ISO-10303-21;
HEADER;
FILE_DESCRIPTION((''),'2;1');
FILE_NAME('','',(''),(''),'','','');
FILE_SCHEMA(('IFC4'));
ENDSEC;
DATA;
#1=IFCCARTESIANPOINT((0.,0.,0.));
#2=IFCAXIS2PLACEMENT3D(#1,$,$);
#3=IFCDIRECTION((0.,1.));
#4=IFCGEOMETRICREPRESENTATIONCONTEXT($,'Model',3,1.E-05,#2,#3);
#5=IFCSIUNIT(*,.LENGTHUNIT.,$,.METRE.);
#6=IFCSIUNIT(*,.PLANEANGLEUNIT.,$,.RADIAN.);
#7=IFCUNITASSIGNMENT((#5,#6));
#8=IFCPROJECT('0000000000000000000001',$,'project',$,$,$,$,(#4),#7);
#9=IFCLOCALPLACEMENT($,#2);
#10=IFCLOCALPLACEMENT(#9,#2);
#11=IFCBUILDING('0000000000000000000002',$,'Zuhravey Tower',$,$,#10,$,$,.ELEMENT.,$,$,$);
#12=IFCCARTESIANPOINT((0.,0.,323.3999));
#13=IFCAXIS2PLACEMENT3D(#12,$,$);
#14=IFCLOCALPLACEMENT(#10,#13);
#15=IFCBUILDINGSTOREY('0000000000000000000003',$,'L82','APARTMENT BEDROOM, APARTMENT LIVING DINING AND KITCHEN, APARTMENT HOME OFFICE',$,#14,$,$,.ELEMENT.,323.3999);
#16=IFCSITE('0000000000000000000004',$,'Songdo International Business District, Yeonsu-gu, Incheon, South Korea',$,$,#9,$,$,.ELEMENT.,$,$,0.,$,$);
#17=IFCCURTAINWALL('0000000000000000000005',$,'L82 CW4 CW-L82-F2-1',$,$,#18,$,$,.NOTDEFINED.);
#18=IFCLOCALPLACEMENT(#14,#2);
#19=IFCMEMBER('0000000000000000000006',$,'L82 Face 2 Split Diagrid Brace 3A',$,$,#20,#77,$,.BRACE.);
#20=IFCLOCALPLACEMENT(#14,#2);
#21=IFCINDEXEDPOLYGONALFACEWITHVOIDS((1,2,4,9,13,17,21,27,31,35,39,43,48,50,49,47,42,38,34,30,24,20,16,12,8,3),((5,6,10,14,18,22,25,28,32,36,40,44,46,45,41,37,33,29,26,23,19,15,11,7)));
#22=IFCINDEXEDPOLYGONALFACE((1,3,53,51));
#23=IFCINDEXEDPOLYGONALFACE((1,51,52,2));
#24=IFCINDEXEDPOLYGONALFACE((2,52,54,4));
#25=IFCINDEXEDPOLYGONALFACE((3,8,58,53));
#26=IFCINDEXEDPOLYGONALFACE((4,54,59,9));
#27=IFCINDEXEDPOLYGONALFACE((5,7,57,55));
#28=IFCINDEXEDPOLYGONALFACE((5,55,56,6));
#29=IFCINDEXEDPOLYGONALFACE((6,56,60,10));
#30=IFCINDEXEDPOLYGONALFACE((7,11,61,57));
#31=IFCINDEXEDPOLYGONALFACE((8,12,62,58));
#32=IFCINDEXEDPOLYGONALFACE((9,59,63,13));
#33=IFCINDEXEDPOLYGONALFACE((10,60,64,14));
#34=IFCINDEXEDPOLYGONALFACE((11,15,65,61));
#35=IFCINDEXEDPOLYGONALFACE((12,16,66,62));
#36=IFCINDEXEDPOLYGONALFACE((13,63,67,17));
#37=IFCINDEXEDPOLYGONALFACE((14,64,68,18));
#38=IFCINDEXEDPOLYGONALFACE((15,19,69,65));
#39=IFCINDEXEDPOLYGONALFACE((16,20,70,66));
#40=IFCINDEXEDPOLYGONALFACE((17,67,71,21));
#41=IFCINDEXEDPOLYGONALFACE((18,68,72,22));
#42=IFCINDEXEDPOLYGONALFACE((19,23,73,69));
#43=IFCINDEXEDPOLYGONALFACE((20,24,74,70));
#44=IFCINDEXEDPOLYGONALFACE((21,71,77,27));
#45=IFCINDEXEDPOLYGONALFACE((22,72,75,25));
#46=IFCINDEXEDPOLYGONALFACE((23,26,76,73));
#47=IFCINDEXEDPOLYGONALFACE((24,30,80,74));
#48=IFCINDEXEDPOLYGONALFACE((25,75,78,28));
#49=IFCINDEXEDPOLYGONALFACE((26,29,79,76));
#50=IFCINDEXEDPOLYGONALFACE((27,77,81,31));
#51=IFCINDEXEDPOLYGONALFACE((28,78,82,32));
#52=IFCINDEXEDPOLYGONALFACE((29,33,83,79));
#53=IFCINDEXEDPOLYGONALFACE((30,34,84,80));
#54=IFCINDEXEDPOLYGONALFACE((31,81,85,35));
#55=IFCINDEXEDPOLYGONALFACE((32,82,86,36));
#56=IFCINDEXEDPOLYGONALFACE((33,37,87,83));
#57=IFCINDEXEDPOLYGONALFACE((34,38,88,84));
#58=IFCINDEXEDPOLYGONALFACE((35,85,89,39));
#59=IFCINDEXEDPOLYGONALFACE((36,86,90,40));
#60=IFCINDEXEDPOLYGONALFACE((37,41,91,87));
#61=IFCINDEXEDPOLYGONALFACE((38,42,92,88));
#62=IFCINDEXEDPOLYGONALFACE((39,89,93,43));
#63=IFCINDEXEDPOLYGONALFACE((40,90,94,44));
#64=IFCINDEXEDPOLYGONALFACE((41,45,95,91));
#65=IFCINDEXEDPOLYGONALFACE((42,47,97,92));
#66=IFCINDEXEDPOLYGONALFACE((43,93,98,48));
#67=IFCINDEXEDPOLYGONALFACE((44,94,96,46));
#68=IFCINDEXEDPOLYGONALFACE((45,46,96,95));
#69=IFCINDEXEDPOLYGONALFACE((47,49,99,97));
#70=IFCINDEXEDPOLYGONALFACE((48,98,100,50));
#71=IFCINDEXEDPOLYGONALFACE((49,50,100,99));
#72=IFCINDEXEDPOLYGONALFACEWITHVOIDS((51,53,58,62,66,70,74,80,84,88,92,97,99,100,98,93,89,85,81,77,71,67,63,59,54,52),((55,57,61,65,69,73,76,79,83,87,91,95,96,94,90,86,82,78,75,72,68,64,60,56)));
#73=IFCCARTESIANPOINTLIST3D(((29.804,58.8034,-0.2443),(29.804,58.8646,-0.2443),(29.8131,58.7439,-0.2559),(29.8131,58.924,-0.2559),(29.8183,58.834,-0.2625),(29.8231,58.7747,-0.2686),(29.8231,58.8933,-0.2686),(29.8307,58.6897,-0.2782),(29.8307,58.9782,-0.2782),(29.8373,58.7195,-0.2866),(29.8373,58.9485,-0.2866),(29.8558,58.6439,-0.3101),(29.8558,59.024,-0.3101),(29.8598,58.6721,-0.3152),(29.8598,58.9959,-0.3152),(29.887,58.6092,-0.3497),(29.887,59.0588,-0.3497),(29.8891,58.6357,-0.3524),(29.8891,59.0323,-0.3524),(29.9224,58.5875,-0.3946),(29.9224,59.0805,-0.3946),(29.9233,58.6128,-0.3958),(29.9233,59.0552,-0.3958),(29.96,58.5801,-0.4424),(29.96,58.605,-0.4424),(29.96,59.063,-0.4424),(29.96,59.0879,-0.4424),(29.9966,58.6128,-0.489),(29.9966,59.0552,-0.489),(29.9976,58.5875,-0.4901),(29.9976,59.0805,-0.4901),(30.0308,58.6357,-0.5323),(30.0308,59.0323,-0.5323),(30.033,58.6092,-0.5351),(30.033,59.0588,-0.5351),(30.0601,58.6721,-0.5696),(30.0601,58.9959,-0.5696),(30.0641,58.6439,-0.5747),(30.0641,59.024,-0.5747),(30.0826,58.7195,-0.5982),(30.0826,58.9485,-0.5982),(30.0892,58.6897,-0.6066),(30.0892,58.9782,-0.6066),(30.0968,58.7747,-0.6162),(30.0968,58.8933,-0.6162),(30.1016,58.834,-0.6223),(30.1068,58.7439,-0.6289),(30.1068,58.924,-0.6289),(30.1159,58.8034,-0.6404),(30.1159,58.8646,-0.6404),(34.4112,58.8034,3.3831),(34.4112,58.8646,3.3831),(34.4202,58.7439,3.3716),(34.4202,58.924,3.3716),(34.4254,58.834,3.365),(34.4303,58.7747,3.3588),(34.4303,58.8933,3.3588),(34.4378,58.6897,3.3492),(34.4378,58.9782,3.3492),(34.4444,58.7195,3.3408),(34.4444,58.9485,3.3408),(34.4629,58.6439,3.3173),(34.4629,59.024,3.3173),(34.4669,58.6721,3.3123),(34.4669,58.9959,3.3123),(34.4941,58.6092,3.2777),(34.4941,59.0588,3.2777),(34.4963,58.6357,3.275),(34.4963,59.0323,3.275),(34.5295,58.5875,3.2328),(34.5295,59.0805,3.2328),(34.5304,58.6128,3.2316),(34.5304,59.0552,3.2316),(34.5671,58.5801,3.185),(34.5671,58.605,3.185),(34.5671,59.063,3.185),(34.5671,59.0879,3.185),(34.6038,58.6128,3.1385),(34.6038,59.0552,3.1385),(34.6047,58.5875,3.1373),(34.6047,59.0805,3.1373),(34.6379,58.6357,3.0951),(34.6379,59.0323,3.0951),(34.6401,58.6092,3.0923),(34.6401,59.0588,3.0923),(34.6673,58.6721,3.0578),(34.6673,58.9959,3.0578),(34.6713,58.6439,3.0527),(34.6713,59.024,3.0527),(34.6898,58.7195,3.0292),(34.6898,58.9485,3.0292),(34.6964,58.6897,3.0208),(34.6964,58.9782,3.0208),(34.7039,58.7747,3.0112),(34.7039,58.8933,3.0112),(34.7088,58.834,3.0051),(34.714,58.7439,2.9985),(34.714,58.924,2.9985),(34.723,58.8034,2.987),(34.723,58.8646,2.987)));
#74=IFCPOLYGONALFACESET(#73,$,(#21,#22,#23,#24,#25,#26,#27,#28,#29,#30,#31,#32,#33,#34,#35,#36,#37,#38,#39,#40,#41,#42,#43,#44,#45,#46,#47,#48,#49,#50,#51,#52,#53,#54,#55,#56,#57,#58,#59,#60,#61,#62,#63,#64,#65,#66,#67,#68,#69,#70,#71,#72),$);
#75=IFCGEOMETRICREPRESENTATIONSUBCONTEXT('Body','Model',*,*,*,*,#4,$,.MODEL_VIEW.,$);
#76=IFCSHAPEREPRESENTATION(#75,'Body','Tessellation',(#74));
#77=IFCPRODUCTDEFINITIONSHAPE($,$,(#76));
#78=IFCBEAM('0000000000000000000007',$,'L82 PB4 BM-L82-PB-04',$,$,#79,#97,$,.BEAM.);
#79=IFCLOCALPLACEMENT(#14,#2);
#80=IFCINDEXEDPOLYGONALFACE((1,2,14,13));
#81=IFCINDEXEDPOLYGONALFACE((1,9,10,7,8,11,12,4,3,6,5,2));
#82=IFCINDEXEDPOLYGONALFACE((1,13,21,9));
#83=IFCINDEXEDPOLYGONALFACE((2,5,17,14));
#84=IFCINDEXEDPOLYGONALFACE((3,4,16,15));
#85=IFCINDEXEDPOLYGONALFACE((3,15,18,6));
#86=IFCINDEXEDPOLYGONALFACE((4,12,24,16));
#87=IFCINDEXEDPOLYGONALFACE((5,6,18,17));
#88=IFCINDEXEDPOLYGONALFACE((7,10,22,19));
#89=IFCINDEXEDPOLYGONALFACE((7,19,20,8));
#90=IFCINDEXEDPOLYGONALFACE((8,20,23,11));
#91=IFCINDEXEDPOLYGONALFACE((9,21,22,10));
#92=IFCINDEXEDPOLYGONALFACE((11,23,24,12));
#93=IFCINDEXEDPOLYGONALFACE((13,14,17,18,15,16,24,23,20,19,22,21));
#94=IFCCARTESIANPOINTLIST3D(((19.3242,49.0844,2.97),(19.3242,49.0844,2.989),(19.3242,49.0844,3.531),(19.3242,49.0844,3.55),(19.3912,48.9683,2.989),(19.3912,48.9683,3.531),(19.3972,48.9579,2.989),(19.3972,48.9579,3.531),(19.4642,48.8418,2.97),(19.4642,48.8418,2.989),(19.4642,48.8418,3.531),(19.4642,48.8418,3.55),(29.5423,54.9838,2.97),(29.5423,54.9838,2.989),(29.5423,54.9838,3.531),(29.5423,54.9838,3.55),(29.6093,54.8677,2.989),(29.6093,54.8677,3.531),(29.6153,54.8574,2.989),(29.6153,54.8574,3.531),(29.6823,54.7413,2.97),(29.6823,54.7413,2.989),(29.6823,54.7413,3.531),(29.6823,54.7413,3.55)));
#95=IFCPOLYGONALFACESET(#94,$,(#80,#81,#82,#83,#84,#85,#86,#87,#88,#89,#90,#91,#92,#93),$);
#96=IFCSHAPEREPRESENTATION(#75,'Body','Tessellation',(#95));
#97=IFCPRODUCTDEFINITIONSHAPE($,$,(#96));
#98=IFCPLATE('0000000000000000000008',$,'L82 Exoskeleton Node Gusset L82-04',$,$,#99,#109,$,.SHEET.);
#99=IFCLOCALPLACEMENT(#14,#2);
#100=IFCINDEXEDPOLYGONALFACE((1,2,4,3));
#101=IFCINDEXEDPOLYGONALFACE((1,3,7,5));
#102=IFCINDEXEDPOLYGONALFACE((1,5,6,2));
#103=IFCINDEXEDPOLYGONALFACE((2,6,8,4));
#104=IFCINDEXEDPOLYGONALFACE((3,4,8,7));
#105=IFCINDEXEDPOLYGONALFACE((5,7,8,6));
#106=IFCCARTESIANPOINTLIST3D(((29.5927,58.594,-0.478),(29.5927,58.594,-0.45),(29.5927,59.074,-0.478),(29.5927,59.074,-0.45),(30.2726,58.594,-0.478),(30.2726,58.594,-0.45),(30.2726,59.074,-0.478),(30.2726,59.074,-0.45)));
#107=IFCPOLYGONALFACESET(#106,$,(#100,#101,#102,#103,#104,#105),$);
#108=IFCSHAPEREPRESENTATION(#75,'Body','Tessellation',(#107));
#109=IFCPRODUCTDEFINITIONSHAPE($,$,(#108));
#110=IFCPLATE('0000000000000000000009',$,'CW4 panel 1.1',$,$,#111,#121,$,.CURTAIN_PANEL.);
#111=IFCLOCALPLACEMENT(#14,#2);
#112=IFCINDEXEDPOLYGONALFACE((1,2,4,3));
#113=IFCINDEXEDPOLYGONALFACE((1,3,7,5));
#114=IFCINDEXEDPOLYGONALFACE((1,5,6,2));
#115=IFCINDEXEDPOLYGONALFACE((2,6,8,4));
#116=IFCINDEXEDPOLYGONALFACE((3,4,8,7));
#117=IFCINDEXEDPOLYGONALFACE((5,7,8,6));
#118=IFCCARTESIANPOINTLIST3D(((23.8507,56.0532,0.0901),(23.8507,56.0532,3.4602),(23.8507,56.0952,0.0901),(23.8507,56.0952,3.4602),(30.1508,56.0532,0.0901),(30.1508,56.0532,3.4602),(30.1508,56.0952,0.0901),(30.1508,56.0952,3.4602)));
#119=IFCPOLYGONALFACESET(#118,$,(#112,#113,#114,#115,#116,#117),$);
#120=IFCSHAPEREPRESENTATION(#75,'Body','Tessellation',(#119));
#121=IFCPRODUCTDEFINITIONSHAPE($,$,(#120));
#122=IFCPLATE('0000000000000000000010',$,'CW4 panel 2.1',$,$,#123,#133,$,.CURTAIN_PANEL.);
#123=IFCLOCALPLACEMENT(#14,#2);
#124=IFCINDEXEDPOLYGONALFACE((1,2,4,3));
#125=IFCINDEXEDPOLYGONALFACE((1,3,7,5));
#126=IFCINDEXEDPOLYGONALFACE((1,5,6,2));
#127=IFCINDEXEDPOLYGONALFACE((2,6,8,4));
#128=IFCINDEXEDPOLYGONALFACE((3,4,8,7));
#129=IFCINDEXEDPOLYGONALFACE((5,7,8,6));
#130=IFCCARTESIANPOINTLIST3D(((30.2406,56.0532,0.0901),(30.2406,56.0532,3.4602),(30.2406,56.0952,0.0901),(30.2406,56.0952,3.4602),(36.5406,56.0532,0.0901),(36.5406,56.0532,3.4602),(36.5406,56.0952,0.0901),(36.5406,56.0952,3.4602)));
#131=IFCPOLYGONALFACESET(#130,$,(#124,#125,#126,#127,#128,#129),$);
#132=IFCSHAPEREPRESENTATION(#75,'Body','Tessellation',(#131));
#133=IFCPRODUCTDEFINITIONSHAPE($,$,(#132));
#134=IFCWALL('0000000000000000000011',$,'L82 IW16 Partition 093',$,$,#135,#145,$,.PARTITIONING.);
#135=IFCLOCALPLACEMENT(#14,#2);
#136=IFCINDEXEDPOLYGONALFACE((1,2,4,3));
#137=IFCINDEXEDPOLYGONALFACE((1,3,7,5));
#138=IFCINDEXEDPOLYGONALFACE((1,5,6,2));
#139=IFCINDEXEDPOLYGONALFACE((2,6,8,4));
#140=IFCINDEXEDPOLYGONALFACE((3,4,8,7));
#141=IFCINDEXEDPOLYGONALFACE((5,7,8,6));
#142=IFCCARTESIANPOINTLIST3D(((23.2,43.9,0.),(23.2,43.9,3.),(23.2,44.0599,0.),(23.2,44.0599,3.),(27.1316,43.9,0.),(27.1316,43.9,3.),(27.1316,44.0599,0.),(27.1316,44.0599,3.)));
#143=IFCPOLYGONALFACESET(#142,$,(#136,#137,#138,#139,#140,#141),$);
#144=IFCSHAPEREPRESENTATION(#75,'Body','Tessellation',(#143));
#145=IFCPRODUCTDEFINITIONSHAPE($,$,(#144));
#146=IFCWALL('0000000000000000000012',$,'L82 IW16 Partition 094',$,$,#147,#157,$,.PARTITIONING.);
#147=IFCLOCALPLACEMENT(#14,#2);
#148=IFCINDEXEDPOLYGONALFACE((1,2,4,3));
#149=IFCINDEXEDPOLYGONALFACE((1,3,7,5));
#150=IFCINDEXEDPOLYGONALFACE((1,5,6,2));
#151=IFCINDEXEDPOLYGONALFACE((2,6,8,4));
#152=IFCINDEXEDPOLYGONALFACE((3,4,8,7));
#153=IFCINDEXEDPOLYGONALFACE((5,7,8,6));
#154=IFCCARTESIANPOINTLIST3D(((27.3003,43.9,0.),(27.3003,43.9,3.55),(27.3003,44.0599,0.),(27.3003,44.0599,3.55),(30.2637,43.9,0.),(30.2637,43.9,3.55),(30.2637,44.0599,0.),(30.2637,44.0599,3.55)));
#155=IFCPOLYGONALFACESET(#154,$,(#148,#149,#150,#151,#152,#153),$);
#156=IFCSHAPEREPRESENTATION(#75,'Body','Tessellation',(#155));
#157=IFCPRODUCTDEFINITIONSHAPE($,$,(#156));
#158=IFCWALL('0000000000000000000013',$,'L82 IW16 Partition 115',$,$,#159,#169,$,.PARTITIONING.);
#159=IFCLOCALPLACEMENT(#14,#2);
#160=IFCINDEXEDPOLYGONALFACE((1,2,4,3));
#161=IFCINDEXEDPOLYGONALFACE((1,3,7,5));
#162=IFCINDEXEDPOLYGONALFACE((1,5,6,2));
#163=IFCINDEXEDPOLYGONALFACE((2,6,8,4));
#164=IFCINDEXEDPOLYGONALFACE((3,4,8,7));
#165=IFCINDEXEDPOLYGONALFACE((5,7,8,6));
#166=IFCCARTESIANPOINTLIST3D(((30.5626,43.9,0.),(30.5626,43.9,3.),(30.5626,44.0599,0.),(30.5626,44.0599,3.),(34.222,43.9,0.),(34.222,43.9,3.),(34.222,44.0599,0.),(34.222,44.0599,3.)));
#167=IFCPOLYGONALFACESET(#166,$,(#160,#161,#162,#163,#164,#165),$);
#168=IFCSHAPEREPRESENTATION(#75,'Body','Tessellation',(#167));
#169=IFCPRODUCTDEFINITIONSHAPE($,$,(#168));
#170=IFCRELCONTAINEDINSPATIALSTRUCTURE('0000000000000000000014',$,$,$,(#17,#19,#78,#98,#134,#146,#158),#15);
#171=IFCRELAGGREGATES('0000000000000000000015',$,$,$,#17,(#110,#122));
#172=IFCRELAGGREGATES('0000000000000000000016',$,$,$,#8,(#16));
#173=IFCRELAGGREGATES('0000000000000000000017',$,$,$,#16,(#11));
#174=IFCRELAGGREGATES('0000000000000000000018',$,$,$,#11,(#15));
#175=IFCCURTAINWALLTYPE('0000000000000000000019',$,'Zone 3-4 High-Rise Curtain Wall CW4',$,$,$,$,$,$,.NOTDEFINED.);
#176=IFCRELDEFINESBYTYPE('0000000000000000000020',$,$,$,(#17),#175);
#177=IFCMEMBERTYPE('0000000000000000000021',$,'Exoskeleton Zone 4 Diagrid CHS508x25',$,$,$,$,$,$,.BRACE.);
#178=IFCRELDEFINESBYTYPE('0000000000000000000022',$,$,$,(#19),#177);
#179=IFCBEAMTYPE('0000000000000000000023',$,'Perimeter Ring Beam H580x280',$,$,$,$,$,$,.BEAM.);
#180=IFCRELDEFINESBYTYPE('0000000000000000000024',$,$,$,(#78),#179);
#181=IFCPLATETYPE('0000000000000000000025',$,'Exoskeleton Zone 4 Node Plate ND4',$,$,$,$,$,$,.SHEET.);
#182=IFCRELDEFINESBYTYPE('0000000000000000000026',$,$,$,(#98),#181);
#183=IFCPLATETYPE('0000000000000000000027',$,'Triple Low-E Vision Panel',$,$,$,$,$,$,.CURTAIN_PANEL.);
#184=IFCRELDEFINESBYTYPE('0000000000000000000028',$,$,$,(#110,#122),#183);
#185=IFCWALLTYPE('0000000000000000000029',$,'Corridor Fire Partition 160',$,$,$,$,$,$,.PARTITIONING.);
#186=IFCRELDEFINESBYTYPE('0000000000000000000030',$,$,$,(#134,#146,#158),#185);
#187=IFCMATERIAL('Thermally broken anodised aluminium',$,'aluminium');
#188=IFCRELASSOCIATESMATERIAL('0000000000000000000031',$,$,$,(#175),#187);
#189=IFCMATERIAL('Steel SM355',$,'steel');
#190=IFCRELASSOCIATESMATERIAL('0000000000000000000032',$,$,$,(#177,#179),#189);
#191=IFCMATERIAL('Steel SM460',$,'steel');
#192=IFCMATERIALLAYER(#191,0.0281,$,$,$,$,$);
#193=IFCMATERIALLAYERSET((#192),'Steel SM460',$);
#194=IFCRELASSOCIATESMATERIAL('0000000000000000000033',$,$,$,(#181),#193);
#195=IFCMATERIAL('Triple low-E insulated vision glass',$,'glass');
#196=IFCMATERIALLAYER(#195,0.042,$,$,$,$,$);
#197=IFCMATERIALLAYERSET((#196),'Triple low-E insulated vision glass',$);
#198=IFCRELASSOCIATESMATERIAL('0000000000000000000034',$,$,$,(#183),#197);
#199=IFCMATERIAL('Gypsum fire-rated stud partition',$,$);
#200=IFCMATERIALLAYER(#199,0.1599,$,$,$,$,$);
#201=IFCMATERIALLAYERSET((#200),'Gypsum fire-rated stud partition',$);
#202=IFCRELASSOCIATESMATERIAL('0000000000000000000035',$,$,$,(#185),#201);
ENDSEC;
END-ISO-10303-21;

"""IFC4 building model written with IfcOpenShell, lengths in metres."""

from ifc_helpers import new_model, si_unit, direction, frame, frame_2d, origin, origin_2d, place, context, subcontext, project, spatial, rectangle, hollow_circle, i_section, extrude, material, layer, layer_set, material_profile, profile_set, type_object, element, aggregate, save


model = new_model("IFC4")

# Units and contexts
model_context = context("Model", 3, precision=1e-05, world=origin(), true_north=direction((0.0, 1.0)))
body_context = subcontext(model_context, "Body", "Model", "MODEL_VIEW")
ifc_project = project(units=[si_unit("LENGTHUNIT", "METRE"), si_unit("PLANEANGLEUNIT", "RADIAN")], contexts=[model_context])

# Site, building, storey
site_placement = place(None, origin())
site = spatial("IfcSite", under=ifc_project, at=site_placement, Name="Songdo International Business District, Yeonsu-gu, Incheon, South Korea", CompositionType="ELEMENT", RefElevation=0.0)
building_placement = place(site_placement, origin())
building = spatial("IfcBuilding", under=site, at=building_placement, Name="Zuhravey Tower", CompositionType="ELEMENT")
storey_placement = place(building_placement, frame((0.0, 0.0, 323.3999)))
storey = spatial("IfcBuildingStorey", under=building, at=storey_placement, Name="L82", Description="APARTMENT BEDROOM, APARTMENT LIVING DINING AND KITCHEN, APARTMENT HOME OFFICE", CompositionType="ELEMENT", Elevation=323.3999)

# Curtain wall
ifc_material_1 = material(Name="Thermally broken anodised aluminium", Category="aluminium")
curtain_wall_type = type_object("IfcCurtainWallType", Name="Zone 3-4 High-Rise Curtain Wall CW4", PredefinedType="NOTDEFINED", material=ifc_material_1)
curtain_wall_placement = place(storey_placement, origin())
curtain_wall = element("IfcCurtainWall", 1, at=curtain_wall_placement, inside=storey, type_object=curtain_wall_type, Name="L82 CW4 CW-L82-F2-1", PredefinedType="NOTDEFINED")

# Member
ifc_material_2 = material(Name="Steel SM355", Category="steel")
ifc_material_profile_1 = material_profile(ifc_material_2, hollow_circle(Radius=0.2539, WallThickness=0.0249, at=origin_2d()), Name="CHS-508.0x25")
ifc_profile_set_1 = profile_set([ifc_material_profile_1], Name="Steel SM355")
member_type_1 = type_object("IfcMemberType", Name="Exoskeleton Zone 4 Diagrid CHS508x25", PredefinedType="BRACE", material=ifc_profile_set_1)
member_1_placement = place(storey_placement, frame((29.96, 58.834, -0.4424), z_axis=(0.785695, 0.0, 0.618614), x_axis=(0.0, 1.0, 0.0)))
element("IfcMember", 2, at=member_1_placement, inside=storey, type_object=member_type_1, Name="L82 Face 2 Split Diagrid Brace 3A", PredefinedType="BRACE", context=body_context, shape_type="SweptSolid", body=[
    extrude(hollow_circle(Radius=0.2539, WallThickness=0.0249, at=origin_2d()), origin(), (0.0, 0.0, 1.0), 5.8638),
])

# Beam
ifc_material_profile_2 = material_profile(ifc_material_2, i_section(OverallWidth=0.28, OverallDepth=0.5801, WebThickness=0.012, FlangeThickness=0.019, at=origin_2d()), Name="H-580x280x12x19")
ifc_profile_set_2 = profile_set([ifc_material_profile_2], Name="Steel SM355")
beam_type = type_object("IfcBeamType", Name="Perimeter Ring Beam H580x280", PredefinedType="BEAM", material=ifc_profile_set_2)
beam_placement = place(storey_placement, frame((29.6123, 54.8625, 3.26), z_axis=(-0.866024, -0.500002, 0.0), x_axis=(0.500002, -0.866024, 0.0)))
element("IfcBeam", 3, at=beam_placement, inside=storey, type_object=beam_type, Name="L82 PB4 BM-L82-PB-04", PredefinedType="BEAM", context=body_context, shape_type="SweptSolid", body=[
    extrude(i_section(OverallWidth=0.28, OverallDepth=0.5801, WebThickness=0.012, FlangeThickness=0.019, at=origin_2d()), origin(), (0.0, 0.0, 1.0), 11.7988),
])

# Plates
ifc_material_3 = material(Name="Steel SM460", Category="steel")
ifc_layer_1 = layer(ifc_material_3, 0.0281)
ifc_layer_set_1 = layer_set([ifc_layer_1], Name="Steel SM460")
plate_type_1 = type_object("IfcPlateType", Name="Exoskeleton Zone 4 Node Plate ND4", PredefinedType="SHEET", material=ifc_layer_set_1)
plate_1_placement = place(storey_placement, frame((29.9326, 58.834, -0.478), z_axis=(0.0, 0.0, 1.0), x_axis=(-1.0, 0.0, 0.0)))
element("IfcPlate", 4, at=plate_1_placement, inside=storey, type_object=plate_type_1, Name="L82 Exoskeleton Node Gusset L82-04", PredefinedType="SHEET", context=body_context, shape_type="SweptSolid", body=[
    extrude(rectangle(XDim=0.6799, YDim=0.48, at=origin_2d()), origin(), (0.0, 0.0, 1.0), 0.0281),
])
ifc_material_4 = material(Name="Triple low-E insulated vision glass", Category="glass")
ifc_layer_2 = layer(ifc_material_4, 0.042)
ifc_layer_set_2 = layer_set([ifc_layer_2], Name="Triple low-E insulated vision glass")
plate_type_2 = type_object("IfcPlateType", Name="Triple Low-E Vision Panel", PredefinedType="CURTAIN_PANEL", material=ifc_layer_set_2)
plate_2_placement = place(storey_placement, frame((27.0007, 56.0742, 0.0901), z_axis=(0.0, 0.0, 1.0), x_axis=(1.0, 0.0, 0.0)))
plate_2 = element("IfcPlate", 5, at=plate_2_placement, type_object=plate_type_2, Name="CW4 panel 1.1", PredefinedType="CURTAIN_PANEL", context=body_context, shape_type="SweptSolid", body=[
    extrude(rectangle(XDim=6.3, YDim=0.042, at=origin_2d()), origin(), (0.0, 0.0, 1.0), 3.3701),
])
plate_3_placement = place(storey_placement, frame((33.3906, 56.0742, 0.0901), z_axis=(0.0, 0.0, 1.0), x_axis=(1.0, 0.0, 0.0)))
plate_3 = element("IfcPlate", 6, at=plate_3_placement, type_object=plate_type_2, Name="CW4 panel 2.1", PredefinedType="CURTAIN_PANEL", context=body_context, shape_type="SweptSolid", body=[
    extrude(rectangle(XDim=6.3, YDim=0.042, at=origin_2d()), origin(), (0.0, 0.0, 1.0), 3.3701),
])
aggregate(curtain_wall, [plate_2, plate_3])

# Walls
ifc_material_5 = material(Name="Gypsum fire-rated stud partition")
ifc_layer_3 = layer(ifc_material_5, 0.1599)
ifc_layer_set_3 = layer_set([ifc_layer_3], Name="Gypsum fire-rated stud partition")
wall_type_1 = type_object("IfcWallType", Name="Corridor Fire Partition 160", PredefinedType="PARTITIONING", material=ifc_layer_set_3)
wall_1_placement = place(storey_placement, frame((27.1316, 43.98, 0.0), z_axis=(0.0, 0.0, 1.0), x_axis=(-1.0, 0.0, 0.0)))
element("IfcWall", 7, at=wall_1_placement, inside=storey, type_object=wall_type_1, Name="L82 IW16 Partition 093", PredefinedType="PARTITIONING", context=body_context, shape_type="SweptSolid", body=[
    extrude(rectangle(XDim=3.9316, YDim=0.1599, at=frame_2d((1.9658, 0.0))), origin(), (0.0, 0.0, 1.0), 3.0),
])
wall_2_placement = place(storey_placement, frame((30.2637, 43.98, 0.0), z_axis=(0.0, 0.0, 1.0), x_axis=(-1.0, 0.0, 0.0)))
element("IfcWall", 8, at=wall_2_placement, inside=storey, type_object=wall_type_1, Name="L82 IW16 Partition 094", PredefinedType="PARTITIONING", context=body_context, shape_type="SweptSolid", body=[
    extrude(rectangle(XDim=2.9634, YDim=0.1599, at=frame_2d((1.4817, 0.0))), origin(), (0.0, 0.0, 1.0), 3.55),
])
wall_3_placement = place(storey_placement, frame((34.2219, 43.98, 0.0), z_axis=(0.0, 0.0, 1.0), x_axis=(-1.0, 0.0, 0.0)))
element("IfcWall", 9, at=wall_3_placement, inside=storey, type_object=wall_type_1, Name="L82 IW16 Partition 115", PredefinedType="PARTITIONING", context=body_context, shape_type="SweptSolid", body=[
    extrude(rectangle(XDim=3.6594, YDim=0.1599, at=frame_2d((1.8296, 0.0))), origin(), (0.0, 0.0, 1.0), 3.0),
])

save(model, "model.ifc")
